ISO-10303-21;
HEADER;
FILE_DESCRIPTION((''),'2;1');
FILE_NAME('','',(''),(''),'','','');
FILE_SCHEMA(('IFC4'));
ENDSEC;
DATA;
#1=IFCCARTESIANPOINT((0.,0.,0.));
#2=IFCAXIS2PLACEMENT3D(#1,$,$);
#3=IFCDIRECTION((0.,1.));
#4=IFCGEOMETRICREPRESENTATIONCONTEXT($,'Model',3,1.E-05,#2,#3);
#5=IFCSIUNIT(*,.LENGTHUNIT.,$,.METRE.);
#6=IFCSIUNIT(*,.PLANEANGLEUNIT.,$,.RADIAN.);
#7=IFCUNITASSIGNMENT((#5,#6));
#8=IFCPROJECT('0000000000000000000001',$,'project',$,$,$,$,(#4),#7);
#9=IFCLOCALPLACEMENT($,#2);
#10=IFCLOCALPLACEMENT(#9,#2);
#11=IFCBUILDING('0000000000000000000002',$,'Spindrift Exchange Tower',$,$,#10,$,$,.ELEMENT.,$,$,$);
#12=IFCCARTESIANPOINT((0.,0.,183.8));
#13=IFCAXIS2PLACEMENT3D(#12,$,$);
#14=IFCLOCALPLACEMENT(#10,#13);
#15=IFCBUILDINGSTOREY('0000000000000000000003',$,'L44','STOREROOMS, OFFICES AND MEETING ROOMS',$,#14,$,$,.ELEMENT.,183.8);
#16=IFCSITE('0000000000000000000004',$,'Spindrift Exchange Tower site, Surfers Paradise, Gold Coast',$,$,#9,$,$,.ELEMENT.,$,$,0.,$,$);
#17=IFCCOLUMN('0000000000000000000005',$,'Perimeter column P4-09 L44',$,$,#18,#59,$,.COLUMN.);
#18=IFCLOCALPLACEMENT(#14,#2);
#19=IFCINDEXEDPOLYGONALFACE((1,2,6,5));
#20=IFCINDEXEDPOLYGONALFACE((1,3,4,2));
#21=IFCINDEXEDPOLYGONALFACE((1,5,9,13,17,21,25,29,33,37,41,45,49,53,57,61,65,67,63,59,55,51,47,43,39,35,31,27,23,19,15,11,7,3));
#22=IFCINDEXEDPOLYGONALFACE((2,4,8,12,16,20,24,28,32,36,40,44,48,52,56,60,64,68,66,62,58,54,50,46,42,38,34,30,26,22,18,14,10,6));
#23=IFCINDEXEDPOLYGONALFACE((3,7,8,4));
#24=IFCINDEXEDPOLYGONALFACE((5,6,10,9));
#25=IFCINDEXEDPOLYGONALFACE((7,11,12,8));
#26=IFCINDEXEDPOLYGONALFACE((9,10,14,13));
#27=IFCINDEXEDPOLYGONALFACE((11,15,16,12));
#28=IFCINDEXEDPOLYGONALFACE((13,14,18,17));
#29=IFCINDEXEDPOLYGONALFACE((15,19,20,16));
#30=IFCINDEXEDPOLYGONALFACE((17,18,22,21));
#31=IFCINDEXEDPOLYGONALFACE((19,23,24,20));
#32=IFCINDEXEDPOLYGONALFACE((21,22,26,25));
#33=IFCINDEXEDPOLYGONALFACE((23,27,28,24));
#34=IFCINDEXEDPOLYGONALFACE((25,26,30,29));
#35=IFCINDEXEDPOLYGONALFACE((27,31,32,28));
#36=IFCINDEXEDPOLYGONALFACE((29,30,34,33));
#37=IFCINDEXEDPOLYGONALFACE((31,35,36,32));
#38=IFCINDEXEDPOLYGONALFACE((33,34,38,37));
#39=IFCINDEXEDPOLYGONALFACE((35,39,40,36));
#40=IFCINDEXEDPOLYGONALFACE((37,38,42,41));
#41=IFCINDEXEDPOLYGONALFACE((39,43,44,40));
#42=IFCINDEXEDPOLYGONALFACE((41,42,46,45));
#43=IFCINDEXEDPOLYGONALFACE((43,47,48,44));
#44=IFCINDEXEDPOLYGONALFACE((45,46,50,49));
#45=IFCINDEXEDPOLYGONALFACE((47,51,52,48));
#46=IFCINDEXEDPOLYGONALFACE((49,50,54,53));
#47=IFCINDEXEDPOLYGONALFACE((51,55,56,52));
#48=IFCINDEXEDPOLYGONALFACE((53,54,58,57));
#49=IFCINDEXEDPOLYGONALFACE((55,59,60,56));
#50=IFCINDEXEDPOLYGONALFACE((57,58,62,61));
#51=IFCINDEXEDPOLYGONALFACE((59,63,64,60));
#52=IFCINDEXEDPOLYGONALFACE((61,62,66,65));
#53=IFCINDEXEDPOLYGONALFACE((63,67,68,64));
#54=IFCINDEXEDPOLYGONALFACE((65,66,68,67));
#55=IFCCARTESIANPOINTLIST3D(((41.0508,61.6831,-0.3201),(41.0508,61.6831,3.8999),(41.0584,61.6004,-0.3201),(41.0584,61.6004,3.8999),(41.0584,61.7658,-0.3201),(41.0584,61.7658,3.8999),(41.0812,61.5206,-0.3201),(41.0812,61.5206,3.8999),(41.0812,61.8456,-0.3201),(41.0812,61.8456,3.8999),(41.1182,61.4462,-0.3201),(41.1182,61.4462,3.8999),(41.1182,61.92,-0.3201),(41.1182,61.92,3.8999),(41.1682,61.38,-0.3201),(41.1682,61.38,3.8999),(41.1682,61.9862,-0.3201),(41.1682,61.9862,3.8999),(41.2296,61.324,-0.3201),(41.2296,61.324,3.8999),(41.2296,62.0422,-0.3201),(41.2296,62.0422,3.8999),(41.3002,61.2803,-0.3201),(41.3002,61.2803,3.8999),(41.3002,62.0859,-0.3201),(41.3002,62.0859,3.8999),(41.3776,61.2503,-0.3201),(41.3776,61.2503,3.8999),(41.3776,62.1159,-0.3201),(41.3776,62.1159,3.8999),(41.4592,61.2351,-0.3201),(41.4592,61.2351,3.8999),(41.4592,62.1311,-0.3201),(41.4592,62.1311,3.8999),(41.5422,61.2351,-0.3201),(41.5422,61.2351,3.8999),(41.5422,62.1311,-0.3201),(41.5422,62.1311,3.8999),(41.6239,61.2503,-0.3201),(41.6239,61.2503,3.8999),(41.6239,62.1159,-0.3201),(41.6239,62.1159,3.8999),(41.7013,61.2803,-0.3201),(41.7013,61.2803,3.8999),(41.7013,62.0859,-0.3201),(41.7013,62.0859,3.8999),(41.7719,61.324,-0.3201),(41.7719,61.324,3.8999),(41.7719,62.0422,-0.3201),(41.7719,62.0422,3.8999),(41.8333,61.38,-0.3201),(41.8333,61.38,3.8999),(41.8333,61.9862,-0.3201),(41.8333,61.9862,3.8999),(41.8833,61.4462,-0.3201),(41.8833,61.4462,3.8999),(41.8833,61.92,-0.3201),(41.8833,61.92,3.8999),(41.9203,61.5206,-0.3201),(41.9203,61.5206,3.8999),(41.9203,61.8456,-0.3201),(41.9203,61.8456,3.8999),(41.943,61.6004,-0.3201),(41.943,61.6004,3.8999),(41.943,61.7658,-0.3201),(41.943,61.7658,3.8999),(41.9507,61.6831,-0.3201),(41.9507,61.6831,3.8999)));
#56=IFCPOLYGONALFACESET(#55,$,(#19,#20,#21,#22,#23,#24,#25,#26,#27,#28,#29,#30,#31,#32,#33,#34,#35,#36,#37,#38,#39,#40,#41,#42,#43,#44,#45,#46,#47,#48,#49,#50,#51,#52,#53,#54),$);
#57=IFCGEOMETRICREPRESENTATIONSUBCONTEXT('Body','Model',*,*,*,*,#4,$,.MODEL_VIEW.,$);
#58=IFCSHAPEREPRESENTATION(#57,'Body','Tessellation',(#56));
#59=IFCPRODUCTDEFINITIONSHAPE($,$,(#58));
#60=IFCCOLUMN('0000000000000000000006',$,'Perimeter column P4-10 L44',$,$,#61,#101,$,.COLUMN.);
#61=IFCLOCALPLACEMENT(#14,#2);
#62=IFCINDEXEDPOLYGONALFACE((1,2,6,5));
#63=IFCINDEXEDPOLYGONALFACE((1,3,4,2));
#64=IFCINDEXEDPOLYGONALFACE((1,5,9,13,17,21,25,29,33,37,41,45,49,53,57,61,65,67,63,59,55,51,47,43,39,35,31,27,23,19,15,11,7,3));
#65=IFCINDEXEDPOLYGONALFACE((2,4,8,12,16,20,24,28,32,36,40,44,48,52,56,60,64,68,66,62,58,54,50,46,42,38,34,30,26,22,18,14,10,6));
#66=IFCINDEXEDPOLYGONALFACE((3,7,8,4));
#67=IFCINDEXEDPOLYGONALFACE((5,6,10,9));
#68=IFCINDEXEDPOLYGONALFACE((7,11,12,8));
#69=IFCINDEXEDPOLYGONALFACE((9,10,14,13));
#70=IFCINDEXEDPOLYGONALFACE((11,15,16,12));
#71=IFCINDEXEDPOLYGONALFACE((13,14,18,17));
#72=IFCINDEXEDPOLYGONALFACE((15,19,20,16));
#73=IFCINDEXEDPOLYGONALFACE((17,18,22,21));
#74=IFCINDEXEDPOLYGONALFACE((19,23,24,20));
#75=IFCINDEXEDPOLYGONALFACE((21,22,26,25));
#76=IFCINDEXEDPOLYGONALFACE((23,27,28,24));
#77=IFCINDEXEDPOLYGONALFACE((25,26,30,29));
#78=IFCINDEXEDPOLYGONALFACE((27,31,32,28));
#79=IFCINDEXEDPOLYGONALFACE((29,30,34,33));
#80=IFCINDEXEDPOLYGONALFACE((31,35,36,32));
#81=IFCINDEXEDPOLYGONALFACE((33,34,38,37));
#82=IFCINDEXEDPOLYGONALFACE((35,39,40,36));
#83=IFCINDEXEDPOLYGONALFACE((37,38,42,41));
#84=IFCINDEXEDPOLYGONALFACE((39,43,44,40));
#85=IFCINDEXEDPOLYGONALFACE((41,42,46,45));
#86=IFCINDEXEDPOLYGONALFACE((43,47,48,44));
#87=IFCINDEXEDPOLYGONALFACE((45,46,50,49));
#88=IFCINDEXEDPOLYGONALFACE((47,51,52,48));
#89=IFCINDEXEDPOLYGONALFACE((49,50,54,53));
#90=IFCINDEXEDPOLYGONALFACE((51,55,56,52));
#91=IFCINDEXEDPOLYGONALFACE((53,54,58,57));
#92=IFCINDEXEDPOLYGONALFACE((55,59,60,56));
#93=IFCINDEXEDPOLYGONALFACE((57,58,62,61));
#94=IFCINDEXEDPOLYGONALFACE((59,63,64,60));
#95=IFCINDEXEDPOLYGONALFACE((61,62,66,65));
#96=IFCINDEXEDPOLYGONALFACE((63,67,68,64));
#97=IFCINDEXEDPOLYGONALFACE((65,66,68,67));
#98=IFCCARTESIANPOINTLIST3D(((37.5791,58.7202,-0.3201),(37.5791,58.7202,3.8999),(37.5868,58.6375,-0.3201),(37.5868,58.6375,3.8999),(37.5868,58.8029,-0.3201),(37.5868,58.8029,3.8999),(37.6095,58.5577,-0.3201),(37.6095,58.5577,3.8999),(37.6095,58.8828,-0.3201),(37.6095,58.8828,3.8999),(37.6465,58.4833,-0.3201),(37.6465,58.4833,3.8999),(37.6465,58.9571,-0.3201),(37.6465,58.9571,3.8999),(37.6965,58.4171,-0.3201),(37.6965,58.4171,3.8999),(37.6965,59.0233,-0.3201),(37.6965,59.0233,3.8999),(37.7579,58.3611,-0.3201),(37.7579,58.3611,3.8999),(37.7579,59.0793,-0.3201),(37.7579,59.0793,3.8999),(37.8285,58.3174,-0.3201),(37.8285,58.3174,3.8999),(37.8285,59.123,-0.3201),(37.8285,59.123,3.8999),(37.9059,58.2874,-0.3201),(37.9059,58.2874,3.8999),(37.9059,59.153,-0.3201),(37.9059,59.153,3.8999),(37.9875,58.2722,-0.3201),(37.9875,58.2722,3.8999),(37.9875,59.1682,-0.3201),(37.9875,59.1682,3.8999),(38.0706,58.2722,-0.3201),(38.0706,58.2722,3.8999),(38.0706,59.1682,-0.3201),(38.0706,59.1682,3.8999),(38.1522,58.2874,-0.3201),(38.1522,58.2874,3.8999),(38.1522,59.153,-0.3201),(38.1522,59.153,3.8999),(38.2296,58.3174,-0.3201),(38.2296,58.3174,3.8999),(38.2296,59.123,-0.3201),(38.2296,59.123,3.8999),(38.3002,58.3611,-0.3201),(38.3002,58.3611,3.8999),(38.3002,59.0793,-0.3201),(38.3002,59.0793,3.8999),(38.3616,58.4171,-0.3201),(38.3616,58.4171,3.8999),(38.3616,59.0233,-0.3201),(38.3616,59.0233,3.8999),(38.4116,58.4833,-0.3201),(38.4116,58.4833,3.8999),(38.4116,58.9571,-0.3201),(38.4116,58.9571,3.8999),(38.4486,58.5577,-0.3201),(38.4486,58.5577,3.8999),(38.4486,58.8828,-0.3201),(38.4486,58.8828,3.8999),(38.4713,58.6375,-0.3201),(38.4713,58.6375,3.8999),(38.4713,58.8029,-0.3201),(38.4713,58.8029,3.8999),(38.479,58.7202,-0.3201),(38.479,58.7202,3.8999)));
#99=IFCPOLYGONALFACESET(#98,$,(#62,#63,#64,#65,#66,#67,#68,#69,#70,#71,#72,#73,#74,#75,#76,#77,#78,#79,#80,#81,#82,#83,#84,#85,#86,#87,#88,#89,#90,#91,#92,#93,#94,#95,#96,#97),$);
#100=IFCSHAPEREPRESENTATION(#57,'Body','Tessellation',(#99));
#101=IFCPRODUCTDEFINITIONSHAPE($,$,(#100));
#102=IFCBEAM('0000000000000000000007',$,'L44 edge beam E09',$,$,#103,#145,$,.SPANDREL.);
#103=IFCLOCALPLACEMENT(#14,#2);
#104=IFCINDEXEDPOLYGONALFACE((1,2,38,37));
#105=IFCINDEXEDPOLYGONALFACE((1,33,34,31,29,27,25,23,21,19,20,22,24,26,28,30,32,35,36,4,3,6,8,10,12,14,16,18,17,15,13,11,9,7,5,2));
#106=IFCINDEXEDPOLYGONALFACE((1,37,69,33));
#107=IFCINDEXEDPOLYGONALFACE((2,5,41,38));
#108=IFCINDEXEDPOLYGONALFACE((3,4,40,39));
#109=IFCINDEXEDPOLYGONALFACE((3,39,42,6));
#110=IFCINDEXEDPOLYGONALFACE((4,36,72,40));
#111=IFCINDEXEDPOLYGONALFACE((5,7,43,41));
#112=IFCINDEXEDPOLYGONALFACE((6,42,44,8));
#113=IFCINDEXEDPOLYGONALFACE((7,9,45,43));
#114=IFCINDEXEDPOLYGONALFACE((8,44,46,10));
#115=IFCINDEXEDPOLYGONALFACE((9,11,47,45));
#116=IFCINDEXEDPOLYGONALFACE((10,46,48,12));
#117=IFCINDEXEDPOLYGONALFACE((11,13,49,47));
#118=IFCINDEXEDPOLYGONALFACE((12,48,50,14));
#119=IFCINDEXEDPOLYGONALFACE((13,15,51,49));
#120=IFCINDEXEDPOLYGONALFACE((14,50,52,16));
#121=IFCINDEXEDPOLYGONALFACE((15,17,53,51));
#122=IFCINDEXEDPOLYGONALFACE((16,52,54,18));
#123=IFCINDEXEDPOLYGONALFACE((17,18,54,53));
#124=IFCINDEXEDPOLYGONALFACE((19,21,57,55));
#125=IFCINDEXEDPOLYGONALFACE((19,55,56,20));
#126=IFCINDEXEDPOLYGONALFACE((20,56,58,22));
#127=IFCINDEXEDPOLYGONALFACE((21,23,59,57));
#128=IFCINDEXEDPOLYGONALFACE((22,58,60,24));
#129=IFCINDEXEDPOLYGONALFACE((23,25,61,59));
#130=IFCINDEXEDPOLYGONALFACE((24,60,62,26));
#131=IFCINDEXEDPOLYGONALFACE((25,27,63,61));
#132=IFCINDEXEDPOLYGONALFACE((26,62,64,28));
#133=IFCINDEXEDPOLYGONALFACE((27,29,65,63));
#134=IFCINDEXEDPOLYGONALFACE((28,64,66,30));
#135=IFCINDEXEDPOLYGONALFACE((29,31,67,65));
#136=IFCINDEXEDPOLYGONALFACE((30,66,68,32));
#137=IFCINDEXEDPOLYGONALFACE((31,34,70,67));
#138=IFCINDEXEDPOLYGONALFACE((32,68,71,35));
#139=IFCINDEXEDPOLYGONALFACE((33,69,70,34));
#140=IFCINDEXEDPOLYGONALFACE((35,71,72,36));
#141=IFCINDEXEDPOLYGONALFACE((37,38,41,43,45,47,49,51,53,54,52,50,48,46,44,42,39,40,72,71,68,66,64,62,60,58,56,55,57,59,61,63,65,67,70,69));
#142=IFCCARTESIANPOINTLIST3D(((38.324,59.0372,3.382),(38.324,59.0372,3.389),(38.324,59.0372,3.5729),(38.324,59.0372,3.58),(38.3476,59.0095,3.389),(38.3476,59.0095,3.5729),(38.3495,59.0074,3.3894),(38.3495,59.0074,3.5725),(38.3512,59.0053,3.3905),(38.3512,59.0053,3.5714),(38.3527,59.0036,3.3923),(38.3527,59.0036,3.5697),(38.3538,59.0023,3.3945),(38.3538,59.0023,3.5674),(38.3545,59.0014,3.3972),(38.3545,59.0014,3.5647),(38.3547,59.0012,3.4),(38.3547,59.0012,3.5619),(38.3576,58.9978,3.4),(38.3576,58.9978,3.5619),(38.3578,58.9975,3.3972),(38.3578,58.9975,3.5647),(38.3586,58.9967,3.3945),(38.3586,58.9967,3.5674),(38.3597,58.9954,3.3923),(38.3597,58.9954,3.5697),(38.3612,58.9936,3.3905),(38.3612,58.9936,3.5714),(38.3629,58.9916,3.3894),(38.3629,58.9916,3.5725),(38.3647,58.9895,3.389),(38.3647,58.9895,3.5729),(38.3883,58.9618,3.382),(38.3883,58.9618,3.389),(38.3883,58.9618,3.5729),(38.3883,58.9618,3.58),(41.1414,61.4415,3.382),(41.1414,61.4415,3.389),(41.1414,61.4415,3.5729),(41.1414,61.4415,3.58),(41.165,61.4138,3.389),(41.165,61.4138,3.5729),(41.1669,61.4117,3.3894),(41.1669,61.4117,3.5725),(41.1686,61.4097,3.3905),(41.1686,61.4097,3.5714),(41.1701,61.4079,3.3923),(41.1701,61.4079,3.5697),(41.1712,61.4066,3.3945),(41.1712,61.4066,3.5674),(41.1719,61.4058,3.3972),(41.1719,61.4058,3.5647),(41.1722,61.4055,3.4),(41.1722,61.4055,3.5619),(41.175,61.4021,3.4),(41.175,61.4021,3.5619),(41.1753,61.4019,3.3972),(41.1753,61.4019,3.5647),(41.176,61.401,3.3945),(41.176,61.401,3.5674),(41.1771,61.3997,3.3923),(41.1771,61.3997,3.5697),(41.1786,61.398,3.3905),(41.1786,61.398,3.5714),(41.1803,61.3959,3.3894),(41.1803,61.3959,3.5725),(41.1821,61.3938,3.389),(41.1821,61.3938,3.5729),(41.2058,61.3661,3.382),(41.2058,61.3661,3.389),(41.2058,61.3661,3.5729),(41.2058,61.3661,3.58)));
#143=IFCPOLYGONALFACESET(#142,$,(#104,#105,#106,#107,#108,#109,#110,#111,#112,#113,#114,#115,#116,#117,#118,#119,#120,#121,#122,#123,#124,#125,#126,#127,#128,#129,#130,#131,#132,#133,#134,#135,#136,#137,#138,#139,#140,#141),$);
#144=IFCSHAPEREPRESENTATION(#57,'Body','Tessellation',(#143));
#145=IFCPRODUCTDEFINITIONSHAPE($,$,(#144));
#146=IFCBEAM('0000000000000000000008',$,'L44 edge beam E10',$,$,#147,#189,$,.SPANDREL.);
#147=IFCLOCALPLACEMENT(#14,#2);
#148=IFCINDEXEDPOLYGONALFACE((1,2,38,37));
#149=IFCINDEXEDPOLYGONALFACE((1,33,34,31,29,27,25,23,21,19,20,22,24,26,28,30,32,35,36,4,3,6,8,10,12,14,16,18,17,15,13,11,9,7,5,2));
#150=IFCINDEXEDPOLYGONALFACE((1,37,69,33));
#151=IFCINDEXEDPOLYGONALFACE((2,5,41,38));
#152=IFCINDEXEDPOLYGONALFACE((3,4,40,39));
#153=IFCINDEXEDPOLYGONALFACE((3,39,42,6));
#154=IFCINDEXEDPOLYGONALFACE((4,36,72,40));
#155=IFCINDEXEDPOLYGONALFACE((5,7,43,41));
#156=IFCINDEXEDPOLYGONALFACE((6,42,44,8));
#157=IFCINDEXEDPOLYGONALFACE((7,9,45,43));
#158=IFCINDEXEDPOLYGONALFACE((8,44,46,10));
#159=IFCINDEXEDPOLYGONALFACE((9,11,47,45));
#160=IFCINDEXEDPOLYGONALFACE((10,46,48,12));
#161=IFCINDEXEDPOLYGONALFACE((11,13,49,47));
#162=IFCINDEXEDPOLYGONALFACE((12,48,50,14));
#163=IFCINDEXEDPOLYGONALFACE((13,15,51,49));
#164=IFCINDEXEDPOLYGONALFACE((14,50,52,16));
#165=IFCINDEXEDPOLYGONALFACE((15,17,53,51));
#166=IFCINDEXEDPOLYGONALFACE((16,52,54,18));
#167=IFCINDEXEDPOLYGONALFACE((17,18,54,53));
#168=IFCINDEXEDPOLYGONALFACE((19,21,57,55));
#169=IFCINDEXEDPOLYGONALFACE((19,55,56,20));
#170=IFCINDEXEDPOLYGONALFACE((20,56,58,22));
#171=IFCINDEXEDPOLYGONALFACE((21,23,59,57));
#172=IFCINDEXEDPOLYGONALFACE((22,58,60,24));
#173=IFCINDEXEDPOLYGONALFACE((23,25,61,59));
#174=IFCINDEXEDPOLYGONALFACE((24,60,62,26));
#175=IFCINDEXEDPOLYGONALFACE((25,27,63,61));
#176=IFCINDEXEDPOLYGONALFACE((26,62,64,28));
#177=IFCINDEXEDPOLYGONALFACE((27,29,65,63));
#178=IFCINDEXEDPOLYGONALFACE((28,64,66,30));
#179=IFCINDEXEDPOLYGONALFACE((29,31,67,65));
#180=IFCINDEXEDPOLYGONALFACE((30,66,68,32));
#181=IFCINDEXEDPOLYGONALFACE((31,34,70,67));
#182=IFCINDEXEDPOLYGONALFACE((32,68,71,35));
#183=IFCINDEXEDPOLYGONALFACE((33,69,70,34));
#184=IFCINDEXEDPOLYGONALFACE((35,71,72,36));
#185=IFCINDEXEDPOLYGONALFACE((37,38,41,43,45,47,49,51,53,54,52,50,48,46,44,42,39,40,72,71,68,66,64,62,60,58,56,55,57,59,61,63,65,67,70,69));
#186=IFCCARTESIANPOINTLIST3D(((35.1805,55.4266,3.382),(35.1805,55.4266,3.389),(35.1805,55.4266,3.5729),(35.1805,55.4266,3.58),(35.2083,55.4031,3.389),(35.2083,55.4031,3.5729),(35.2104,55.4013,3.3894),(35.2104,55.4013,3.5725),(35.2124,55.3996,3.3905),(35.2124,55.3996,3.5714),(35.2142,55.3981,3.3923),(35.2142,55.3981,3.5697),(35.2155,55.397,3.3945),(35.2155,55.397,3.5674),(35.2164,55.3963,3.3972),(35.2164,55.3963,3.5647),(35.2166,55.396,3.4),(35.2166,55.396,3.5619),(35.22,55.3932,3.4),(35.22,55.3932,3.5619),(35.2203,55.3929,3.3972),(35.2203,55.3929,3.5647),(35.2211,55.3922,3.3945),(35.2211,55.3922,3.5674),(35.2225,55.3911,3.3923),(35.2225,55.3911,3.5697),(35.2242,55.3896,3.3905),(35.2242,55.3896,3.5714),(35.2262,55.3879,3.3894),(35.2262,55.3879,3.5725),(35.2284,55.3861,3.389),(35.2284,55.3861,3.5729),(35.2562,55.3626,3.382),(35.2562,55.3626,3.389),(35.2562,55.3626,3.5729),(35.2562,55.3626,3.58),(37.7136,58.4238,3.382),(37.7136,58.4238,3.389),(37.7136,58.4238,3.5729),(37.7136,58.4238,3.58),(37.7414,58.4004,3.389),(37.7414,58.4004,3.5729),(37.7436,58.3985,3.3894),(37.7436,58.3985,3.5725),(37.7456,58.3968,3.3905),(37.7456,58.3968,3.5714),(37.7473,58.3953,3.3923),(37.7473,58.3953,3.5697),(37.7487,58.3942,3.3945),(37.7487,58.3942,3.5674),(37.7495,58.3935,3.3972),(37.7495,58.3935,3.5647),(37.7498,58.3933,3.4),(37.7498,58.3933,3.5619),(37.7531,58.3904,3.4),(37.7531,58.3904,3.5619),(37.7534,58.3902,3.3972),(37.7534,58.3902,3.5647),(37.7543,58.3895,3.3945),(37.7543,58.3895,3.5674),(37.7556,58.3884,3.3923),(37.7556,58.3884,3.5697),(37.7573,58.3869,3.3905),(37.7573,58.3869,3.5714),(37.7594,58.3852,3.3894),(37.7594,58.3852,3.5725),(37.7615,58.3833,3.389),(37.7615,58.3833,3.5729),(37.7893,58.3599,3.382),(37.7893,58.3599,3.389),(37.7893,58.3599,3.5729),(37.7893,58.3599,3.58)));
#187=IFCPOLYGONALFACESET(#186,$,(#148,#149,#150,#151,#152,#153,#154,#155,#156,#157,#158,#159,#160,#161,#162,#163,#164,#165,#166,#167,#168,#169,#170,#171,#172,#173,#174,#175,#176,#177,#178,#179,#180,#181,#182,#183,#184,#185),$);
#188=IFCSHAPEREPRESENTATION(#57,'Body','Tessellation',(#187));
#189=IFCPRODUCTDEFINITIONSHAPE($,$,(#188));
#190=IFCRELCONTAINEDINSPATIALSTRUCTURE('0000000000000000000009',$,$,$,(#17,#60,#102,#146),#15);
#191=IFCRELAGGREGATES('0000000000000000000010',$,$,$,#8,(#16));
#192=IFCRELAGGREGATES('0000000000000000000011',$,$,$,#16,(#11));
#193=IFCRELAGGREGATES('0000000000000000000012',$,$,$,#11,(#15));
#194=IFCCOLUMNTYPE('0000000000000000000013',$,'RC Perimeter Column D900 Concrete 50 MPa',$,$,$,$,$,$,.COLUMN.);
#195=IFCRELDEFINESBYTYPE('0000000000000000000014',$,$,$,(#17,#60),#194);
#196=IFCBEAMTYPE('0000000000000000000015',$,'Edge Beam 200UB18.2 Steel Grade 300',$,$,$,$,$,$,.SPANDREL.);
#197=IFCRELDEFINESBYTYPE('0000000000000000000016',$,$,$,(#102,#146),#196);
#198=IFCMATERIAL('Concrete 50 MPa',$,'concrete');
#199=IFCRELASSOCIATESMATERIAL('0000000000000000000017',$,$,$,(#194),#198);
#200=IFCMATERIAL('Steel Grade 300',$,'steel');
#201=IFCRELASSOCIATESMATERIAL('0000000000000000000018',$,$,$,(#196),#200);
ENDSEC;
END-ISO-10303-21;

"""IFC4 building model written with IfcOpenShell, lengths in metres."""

from ifc_helpers import new_model, si_unit, direction, frame, origin, origin_2d, place, context, subcontext, project, spatial, circle, i_section, extrude, source, transform, mapped, material, material_profile, profile_set, type_object, element, save


model = new_model("IFC4")

# Units and contexts
model_context = context("Model", 3, precision=1e-05, world=origin(), true_north=direction((0.0, 1.0)))
body_context = subcontext(model_context, "Body", "Model", "MODEL_VIEW")
ifc_project = project(units=[si_unit("LENGTHUNIT", "METRE"), si_unit("PLANEANGLEUNIT", "RADIAN")], contexts=[model_context])

# Site, building, storey
site_placement = place(None, origin())
site = spatial("IfcSite", under=ifc_project, at=site_placement, Name="Spindrift Exchange Tower site, Surfers Paradise, Gold Coast", CompositionType="ELEMENT", RefElevation=0.0)
building_placement = place(site_placement, origin())
building = spatial("IfcBuilding", under=site, at=building_placement, Name="Spindrift Exchange Tower", CompositionType="ELEMENT")
storey_placement = place(building_placement, frame((0.0, 0.0, 183.8)))
storey = spatial("IfcBuildingStorey", under=building, at=storey_placement, Name="L44", Description="STOREROOMS, OFFICES AND MEETING ROOMS", CompositionType="ELEMENT", Elevation=183.8)

# Columns
ifc_material_1 = material(Name="Concrete 50 MPa", Category="concrete")
ifc_material_profile_1 = material_profile(ifc_material_1, circle(Radius=0.45, at=origin_2d()), Name="RC D900")
ifc_profile_set_1 = profile_set([ifc_material_profile_1], Name="Concrete 50 MPa")
column_type = type_object("IfcColumnType", Name="RC Perimeter Column D900 Concrete 50 MPa", PredefinedType="COLUMN", material=ifc_profile_set_1)
shared_shape_1 = source(origin(), body_context, "Body", "SweptSolid", [
    extrude(circle(Radius=0.45, at=origin_2d()), origin(), (0.0, 0.0, 1.0), 4.22),
])
for number, where, z_axis, x_axis, name in (
    (1, (41.5007, 61.6831, -0.3201), (0.0, 0.0, 1.0), (1.0, 0.0, 0.0), "Perimeter column P4-09 L44"),
    (2, (38.0291, 58.7202, -0.3201), (0.0, 0.0, 1.0), (1.0, 0.0, 0.0), "Perimeter column P4-10 L44"),
):
    element("IfcColumn", number, at=place(storey_placement, frame(where, z_axis=z_axis, x_axis=x_axis)), inside=storey, type_object=column_type, Name=name, PredefinedType="COLUMN", context=body_context, shape_type="MappedRepresentation", body=[
        mapped(shared_shape_1, transform((0.0, 0.0, 0.0), scale=1.0)),
    ])

# Beams
ifc_material_2 = material(Name="Steel Grade 300", Category="steel")
ifc_material_profile_2 = material_profile(ifc_material_2, i_section(OverallWidth=0.0991, OverallDepth=0.198, WebThickness=0.0044, FlangeThickness=0.0071, FilletRadius=0.011, at=origin_2d()), Name="200UB18.2")
ifc_profile_set_2 = profile_set([ifc_material_profile_2], Name="Steel Grade 300")
beam_type = type_object("IfcBeamType", Name="Edge Beam 200UB18.2 Steel Grade 300", PredefinedType="SPANDREL", material=ifc_profile_set_2)
shared_shape_2 = source(origin(), body_context, "Body", "SweptSolid", [
    extrude(i_section(OverallWidth=0.0991, OverallDepth=0.198, WebThickness=0.0044, FlangeThickness=0.0071, FilletRadius=0.011, at=origin_2d()), origin(), (0.0, 0.0, 1.0), 3.7039),
])
beam_1_placement = place(storey_placement, frame((41.1736, 61.4038, 3.481), z_axis=(-0.760669, -0.64914, 0.0), x_axis=(0.64914, -0.760669, 0.0)))
element("IfcBeam", 3, at=beam_1_placement, inside=storey, type_object=beam_type, Name="L44 edge beam E09", PredefinedType="SPANDREL", context=body_context, shape_type="MappedRepresentation", body=[
    mapped(shared_shape_2, transform((0.0, 0.0, 0.0), scale=1.0)),
])
shared_shape_3 = source(origin(), body_context, "Body", "SweptSolid", [
    extrude(i_section(OverallWidth=0.0991, OverallDepth=0.198, WebThickness=0.0044, FlangeThickness=0.0071, FilletRadius=0.011, at=origin_2d()), origin(), (0.0, 0.0, 1.0), 3.9243),
])
beam_2_placement = place(storey_placement, frame((37.7515, 58.3918, 3.481), z_axis=(-0.645499, -0.763761, 0.0), x_axis=(0.763761, -0.645499, 0.0)))
element("IfcBeam", 4, at=beam_2_placement, inside=storey, type_object=beam_type, Name="L44 edge beam E10", PredefinedType="SPANDREL", context=body_context, shape_type="MappedRepresentation", body=[
    mapped(shared_shape_3, transform((0.0, 0.0, 0.0), scale=1.0)),
])

save(model, "model.ifc")
